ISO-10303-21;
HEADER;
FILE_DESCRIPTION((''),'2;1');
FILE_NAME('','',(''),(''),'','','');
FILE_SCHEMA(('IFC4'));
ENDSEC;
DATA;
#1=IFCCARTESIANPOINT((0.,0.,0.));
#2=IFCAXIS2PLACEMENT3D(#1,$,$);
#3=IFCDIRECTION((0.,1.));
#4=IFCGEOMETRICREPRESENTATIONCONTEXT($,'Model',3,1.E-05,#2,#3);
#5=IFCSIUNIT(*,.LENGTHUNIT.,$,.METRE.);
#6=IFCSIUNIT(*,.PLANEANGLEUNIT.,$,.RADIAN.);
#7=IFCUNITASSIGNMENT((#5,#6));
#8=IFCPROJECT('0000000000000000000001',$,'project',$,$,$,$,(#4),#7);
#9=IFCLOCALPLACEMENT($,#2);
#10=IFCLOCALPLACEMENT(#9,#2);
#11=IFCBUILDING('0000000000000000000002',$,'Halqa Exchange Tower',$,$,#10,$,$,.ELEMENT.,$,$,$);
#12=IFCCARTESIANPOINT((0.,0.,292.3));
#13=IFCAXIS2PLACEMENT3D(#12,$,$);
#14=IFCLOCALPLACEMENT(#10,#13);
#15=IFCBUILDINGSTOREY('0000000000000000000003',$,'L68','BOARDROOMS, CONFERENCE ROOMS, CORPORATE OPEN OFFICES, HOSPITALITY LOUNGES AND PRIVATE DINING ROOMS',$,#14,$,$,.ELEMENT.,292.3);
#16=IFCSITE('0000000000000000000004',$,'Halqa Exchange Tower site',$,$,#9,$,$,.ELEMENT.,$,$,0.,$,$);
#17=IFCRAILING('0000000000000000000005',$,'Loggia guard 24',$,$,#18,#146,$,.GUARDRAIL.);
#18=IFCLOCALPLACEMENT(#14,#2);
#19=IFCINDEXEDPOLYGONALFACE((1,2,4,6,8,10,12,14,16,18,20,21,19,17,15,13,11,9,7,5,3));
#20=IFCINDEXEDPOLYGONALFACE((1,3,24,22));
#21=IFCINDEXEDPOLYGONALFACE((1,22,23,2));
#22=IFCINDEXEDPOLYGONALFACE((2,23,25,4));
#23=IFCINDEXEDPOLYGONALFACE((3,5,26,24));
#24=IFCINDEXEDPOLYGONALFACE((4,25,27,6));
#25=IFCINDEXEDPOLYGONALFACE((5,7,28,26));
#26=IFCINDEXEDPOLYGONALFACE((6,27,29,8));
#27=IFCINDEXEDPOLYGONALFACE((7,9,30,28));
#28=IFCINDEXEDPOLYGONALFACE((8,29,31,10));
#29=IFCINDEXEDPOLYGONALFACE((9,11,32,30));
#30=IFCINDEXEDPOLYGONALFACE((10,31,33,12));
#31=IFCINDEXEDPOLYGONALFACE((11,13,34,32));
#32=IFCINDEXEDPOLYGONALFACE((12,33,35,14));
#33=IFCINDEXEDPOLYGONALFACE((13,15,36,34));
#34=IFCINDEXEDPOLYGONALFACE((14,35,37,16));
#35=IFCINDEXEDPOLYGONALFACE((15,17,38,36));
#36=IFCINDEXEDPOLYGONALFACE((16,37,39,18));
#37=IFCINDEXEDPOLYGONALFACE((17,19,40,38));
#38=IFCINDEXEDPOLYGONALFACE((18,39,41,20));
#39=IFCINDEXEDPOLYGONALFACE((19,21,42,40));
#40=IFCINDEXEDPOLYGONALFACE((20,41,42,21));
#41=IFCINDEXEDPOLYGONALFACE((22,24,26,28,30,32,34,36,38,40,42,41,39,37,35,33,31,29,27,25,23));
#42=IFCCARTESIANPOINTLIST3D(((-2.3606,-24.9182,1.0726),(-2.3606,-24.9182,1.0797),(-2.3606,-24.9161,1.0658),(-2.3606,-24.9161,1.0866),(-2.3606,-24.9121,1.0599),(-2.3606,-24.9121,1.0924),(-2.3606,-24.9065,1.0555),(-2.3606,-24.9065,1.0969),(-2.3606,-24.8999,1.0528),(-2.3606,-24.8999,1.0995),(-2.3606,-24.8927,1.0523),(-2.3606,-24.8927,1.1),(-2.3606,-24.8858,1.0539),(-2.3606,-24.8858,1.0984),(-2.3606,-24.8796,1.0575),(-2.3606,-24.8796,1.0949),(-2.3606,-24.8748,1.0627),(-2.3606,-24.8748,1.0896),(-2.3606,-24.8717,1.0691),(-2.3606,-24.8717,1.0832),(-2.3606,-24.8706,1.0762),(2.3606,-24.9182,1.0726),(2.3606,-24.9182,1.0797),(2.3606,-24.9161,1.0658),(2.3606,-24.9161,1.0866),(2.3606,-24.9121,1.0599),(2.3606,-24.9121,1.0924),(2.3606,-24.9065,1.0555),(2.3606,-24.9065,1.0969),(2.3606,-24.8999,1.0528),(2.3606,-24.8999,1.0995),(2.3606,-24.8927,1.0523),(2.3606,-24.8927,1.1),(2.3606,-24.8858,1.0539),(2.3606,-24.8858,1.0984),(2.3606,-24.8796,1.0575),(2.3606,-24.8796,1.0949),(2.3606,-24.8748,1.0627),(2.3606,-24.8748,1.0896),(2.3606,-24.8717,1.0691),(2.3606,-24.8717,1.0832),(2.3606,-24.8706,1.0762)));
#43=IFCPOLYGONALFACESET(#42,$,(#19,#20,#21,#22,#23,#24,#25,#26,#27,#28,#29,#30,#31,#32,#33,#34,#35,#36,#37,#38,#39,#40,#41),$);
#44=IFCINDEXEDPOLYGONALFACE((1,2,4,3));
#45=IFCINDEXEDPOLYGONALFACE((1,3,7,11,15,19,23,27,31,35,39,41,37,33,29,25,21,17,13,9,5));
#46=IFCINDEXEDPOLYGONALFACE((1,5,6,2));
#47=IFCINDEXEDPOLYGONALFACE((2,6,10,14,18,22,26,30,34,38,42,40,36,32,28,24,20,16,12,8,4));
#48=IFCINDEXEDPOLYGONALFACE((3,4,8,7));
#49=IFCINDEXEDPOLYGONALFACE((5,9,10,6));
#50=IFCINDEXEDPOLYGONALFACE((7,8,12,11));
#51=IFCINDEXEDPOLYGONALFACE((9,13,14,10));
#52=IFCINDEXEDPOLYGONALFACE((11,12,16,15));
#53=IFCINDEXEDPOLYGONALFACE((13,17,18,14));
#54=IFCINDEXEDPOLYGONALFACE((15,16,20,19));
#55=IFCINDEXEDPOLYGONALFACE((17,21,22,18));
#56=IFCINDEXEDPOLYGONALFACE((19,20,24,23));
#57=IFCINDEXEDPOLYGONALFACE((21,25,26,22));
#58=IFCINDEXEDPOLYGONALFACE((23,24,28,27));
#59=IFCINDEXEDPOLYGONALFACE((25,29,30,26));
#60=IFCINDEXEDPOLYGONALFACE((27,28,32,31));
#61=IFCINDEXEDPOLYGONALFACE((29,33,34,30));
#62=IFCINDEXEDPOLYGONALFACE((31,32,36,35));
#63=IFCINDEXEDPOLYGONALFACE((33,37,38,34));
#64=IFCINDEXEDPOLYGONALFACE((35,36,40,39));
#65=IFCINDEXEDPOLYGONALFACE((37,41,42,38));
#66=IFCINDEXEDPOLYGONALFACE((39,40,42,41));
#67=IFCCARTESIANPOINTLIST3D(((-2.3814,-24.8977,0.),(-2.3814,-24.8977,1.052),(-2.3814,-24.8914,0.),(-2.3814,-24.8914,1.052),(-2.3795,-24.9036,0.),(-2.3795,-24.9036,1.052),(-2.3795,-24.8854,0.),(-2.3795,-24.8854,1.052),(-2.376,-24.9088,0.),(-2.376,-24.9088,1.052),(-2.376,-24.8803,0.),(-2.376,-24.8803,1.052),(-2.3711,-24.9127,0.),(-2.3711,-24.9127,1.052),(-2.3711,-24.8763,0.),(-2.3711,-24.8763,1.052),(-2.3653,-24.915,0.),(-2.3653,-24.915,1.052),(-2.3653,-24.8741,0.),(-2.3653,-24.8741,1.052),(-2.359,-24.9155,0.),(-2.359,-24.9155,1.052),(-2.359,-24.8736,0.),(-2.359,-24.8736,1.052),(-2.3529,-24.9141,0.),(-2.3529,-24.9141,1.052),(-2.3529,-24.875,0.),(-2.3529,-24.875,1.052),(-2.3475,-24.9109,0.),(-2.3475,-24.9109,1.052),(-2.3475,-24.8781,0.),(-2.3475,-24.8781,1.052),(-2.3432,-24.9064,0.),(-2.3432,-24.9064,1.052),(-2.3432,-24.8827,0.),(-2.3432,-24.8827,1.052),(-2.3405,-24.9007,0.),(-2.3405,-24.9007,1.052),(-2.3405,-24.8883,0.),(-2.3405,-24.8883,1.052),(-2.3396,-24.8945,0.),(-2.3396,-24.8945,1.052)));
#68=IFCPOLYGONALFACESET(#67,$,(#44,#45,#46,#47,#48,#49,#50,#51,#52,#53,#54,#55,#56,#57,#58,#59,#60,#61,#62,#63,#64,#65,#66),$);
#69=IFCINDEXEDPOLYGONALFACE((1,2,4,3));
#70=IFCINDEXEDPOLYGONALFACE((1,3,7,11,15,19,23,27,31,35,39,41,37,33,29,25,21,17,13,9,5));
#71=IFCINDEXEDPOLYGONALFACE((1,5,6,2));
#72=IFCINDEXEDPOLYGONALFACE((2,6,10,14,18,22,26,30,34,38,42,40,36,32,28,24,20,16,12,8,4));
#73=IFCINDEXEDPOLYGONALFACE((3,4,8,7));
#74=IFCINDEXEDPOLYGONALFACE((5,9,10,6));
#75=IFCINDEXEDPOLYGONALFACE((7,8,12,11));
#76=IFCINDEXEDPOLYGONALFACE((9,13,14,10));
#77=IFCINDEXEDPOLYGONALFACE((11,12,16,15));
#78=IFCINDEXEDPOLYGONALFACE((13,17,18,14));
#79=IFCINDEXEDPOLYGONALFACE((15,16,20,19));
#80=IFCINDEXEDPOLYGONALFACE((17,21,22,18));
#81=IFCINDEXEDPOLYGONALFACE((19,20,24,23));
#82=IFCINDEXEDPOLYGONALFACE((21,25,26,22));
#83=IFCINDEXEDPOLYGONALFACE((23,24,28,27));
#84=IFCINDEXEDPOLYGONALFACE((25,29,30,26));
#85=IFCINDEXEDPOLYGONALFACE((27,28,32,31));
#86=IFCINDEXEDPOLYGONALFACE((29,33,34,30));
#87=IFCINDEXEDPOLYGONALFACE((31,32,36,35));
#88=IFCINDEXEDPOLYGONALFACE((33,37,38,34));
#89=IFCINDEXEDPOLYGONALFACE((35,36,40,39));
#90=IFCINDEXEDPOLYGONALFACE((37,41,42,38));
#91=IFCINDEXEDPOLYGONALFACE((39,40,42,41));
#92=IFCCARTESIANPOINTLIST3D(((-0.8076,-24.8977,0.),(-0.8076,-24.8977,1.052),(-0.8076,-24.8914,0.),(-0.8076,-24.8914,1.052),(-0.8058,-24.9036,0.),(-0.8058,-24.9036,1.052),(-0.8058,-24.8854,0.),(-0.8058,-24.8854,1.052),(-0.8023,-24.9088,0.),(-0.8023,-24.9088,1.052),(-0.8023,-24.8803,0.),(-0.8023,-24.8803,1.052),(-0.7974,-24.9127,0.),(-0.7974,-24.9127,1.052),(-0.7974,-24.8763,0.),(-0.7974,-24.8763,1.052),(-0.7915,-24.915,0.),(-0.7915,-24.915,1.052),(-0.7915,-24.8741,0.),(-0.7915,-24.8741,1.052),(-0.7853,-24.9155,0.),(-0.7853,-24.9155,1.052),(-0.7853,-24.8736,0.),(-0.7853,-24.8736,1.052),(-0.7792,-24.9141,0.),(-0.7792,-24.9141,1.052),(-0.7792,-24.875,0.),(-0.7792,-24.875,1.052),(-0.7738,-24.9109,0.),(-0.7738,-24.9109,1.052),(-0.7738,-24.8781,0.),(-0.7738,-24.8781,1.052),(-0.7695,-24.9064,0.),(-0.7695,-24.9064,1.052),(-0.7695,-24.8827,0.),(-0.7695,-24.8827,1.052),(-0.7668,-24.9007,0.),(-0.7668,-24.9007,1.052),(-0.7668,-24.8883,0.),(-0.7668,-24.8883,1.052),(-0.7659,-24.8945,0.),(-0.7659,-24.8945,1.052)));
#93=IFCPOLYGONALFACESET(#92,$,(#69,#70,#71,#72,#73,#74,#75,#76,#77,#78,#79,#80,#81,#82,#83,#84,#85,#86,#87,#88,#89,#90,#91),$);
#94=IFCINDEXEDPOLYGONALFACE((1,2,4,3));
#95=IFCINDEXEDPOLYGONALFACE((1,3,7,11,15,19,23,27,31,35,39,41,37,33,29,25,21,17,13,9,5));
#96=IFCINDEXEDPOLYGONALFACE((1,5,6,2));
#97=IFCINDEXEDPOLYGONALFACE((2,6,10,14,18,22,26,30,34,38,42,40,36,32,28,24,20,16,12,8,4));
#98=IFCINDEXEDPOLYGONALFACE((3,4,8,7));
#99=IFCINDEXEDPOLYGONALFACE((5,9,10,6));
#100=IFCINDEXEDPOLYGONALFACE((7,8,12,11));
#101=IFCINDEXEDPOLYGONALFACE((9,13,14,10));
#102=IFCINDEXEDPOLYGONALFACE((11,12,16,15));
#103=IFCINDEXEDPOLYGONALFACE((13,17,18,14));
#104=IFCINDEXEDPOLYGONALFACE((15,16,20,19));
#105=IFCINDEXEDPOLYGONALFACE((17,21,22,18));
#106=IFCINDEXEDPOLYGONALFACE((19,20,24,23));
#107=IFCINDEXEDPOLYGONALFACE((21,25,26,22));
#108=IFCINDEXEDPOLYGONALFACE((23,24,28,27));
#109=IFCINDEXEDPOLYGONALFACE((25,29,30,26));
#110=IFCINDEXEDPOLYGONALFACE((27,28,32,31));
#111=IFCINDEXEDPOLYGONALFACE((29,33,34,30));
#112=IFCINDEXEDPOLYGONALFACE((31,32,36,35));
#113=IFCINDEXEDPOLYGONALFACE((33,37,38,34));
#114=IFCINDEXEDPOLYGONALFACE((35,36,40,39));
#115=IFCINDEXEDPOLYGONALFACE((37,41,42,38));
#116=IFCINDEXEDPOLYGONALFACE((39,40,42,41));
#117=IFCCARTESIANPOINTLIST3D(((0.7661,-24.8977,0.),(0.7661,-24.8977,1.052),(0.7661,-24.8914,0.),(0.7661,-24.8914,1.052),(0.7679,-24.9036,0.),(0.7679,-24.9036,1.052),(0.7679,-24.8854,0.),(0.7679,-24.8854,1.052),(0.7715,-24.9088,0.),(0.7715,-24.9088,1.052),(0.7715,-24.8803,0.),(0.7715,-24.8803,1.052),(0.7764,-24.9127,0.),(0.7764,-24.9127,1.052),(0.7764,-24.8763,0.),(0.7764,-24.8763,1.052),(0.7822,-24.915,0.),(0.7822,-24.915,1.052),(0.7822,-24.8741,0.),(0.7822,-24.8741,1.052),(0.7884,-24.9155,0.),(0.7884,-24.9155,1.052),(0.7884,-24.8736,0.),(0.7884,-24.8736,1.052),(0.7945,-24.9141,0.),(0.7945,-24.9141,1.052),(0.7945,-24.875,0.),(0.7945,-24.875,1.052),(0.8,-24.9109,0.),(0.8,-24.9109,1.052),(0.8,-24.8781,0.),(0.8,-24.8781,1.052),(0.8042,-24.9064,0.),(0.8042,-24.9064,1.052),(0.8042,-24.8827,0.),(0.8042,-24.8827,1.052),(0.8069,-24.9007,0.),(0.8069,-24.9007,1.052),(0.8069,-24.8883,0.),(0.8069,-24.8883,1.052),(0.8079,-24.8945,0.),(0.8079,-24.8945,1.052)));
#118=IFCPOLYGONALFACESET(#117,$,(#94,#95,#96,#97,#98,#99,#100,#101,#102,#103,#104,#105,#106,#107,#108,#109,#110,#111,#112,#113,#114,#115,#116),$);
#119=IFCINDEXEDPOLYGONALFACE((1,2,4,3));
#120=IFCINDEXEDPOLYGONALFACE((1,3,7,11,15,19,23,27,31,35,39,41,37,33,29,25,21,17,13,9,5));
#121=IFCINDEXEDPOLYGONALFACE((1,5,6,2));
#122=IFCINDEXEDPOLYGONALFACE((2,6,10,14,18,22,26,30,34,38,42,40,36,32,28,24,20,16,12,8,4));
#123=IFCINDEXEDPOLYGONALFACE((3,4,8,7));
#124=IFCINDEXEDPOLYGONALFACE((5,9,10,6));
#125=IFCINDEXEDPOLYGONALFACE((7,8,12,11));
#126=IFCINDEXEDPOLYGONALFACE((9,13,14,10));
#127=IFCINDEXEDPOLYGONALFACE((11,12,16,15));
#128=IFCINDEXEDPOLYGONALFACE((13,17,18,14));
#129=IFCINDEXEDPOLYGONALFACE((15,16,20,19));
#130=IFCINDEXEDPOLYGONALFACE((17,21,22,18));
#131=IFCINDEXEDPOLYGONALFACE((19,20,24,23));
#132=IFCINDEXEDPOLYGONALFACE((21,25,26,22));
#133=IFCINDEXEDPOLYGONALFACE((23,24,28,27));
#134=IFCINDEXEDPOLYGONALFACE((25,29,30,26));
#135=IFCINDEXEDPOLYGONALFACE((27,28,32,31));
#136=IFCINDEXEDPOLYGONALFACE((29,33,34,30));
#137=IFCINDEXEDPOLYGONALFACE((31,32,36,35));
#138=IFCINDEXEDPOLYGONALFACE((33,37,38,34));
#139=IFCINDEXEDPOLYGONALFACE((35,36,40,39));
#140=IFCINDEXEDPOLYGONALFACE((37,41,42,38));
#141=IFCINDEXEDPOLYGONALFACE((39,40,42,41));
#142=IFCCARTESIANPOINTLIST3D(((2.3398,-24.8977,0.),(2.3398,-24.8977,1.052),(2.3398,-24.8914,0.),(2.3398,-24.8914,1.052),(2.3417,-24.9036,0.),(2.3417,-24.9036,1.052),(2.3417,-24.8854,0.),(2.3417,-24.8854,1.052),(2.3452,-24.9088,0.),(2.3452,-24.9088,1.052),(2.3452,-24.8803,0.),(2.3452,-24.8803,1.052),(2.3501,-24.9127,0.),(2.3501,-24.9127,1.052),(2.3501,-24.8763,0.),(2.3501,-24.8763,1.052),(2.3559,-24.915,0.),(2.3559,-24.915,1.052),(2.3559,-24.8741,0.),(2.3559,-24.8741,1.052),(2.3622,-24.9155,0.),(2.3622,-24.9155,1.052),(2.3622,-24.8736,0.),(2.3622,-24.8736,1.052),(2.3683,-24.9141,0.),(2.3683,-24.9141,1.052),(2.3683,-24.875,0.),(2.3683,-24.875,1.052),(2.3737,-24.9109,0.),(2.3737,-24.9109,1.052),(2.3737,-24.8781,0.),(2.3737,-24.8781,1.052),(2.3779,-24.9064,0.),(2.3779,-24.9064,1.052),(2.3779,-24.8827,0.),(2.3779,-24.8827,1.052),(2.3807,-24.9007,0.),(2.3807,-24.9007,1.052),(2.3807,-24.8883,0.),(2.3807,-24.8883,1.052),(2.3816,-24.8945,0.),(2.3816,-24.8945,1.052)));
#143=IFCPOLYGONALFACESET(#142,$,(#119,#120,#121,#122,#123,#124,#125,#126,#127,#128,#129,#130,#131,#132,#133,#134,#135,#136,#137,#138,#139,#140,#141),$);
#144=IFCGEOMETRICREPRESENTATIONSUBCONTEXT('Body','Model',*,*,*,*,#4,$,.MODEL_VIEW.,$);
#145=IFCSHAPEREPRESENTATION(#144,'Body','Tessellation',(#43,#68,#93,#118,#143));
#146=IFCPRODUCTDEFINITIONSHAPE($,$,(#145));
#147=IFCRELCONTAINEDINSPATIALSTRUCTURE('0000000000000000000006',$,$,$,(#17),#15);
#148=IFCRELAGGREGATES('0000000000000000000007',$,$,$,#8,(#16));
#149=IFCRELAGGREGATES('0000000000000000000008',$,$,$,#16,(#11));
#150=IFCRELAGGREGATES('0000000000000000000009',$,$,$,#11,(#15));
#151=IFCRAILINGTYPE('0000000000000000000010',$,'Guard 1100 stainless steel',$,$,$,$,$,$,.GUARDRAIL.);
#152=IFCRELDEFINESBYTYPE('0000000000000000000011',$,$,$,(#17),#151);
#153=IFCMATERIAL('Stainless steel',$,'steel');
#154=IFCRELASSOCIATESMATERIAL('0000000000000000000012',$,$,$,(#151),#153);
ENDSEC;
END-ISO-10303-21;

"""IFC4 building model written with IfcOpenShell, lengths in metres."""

from ifc_helpers import new_model, si_unit, direction, frame, origin, origin_2d, place, context, subcontext, project, spatial, circle, extrude, material, type_object, element, save


model = new_model("IFC4")

# Units and contexts
model_context = context("Model", 3, precision=1e-05, world=origin(), true_north=direction((0.0, 1.0)))
body_context = subcontext(model_context, "Body", "Model", "MODEL_VIEW")
ifc_project = project(units=[si_unit("LENGTHUNIT", "METRE"), si_unit("PLANEANGLEUNIT", "RADIAN")], contexts=[model_context])

# Site, building, storey
site_placement = place(None, origin())
site = spatial("IfcSite", under=ifc_project, at=site_placement, Name="Halqa Exchange Tower site", CompositionType="ELEMENT", RefElevation=0.0)
building_placement = place(site_placement, origin())
building = spatial("IfcBuilding", under=site, at=building_placement, Name="Halqa Exchange Tower", CompositionType="ELEMENT")
storey_placement = place(building_placement, frame((0.0, 0.0, 292.3)))
storey = spatial("IfcBuildingStorey", under=building, at=storey_placement, Name="L68", Description="BOARDROOMS, CONFERENCE ROOMS, CORPORATE OPEN OFFICES, HOSPITALITY LOUNGES AND PRIVATE DINING ROOMS", CompositionType="ELEMENT", Elevation=292.3)

# Railing
ifc_material_1 = material(Name="Stainless steel", Category="steel")
railing_type = type_object("IfcRailingType", Name="Guard 1100 stainless steel", PredefinedType="GUARDRAIL", material=ifc_material_1)
railing_1_placement = place(storey_placement, frame((-2.3606, -24.8945, 0.0)))
element("IfcRailing", 1, at=railing_1_placement, inside=storey, type_object=railing_type, Name="Loggia guard 24", PredefinedType="GUARDRAIL", context=body_context, shape_type="SweptSolid", body=[
    extrude(circle(Radius=0.0239, at=origin_2d()), frame((0.0, 0.0, 1.0762), z_axis=(1.0, 0.0, 0.0), x_axis=(0.0, 1.0, 0.0)), (0.0, 0.0, 1.0), 4.7212),
    extrude(circle(Radius=0.021, at=origin_2d()), origin(), (0.0, 0.0, 1.0), 1.052),
    extrude(circle(Radius=0.021, at=origin_2d()), frame((1.5737, 0.0, 0.0)), (0.0, 0.0, 1.0), 1.052),
    extrude(circle(Radius=0.021, at=origin_2d()), frame((3.1475, 0.0, 0.0)), (0.0, 0.0, 1.0), 1.052),
    extrude(circle(Radius=0.021, at=origin_2d()), frame((4.7212, 0.0, 0.0)), (0.0, 0.0, 1.0), 1.052),
])

save(model, "model.ifc")
